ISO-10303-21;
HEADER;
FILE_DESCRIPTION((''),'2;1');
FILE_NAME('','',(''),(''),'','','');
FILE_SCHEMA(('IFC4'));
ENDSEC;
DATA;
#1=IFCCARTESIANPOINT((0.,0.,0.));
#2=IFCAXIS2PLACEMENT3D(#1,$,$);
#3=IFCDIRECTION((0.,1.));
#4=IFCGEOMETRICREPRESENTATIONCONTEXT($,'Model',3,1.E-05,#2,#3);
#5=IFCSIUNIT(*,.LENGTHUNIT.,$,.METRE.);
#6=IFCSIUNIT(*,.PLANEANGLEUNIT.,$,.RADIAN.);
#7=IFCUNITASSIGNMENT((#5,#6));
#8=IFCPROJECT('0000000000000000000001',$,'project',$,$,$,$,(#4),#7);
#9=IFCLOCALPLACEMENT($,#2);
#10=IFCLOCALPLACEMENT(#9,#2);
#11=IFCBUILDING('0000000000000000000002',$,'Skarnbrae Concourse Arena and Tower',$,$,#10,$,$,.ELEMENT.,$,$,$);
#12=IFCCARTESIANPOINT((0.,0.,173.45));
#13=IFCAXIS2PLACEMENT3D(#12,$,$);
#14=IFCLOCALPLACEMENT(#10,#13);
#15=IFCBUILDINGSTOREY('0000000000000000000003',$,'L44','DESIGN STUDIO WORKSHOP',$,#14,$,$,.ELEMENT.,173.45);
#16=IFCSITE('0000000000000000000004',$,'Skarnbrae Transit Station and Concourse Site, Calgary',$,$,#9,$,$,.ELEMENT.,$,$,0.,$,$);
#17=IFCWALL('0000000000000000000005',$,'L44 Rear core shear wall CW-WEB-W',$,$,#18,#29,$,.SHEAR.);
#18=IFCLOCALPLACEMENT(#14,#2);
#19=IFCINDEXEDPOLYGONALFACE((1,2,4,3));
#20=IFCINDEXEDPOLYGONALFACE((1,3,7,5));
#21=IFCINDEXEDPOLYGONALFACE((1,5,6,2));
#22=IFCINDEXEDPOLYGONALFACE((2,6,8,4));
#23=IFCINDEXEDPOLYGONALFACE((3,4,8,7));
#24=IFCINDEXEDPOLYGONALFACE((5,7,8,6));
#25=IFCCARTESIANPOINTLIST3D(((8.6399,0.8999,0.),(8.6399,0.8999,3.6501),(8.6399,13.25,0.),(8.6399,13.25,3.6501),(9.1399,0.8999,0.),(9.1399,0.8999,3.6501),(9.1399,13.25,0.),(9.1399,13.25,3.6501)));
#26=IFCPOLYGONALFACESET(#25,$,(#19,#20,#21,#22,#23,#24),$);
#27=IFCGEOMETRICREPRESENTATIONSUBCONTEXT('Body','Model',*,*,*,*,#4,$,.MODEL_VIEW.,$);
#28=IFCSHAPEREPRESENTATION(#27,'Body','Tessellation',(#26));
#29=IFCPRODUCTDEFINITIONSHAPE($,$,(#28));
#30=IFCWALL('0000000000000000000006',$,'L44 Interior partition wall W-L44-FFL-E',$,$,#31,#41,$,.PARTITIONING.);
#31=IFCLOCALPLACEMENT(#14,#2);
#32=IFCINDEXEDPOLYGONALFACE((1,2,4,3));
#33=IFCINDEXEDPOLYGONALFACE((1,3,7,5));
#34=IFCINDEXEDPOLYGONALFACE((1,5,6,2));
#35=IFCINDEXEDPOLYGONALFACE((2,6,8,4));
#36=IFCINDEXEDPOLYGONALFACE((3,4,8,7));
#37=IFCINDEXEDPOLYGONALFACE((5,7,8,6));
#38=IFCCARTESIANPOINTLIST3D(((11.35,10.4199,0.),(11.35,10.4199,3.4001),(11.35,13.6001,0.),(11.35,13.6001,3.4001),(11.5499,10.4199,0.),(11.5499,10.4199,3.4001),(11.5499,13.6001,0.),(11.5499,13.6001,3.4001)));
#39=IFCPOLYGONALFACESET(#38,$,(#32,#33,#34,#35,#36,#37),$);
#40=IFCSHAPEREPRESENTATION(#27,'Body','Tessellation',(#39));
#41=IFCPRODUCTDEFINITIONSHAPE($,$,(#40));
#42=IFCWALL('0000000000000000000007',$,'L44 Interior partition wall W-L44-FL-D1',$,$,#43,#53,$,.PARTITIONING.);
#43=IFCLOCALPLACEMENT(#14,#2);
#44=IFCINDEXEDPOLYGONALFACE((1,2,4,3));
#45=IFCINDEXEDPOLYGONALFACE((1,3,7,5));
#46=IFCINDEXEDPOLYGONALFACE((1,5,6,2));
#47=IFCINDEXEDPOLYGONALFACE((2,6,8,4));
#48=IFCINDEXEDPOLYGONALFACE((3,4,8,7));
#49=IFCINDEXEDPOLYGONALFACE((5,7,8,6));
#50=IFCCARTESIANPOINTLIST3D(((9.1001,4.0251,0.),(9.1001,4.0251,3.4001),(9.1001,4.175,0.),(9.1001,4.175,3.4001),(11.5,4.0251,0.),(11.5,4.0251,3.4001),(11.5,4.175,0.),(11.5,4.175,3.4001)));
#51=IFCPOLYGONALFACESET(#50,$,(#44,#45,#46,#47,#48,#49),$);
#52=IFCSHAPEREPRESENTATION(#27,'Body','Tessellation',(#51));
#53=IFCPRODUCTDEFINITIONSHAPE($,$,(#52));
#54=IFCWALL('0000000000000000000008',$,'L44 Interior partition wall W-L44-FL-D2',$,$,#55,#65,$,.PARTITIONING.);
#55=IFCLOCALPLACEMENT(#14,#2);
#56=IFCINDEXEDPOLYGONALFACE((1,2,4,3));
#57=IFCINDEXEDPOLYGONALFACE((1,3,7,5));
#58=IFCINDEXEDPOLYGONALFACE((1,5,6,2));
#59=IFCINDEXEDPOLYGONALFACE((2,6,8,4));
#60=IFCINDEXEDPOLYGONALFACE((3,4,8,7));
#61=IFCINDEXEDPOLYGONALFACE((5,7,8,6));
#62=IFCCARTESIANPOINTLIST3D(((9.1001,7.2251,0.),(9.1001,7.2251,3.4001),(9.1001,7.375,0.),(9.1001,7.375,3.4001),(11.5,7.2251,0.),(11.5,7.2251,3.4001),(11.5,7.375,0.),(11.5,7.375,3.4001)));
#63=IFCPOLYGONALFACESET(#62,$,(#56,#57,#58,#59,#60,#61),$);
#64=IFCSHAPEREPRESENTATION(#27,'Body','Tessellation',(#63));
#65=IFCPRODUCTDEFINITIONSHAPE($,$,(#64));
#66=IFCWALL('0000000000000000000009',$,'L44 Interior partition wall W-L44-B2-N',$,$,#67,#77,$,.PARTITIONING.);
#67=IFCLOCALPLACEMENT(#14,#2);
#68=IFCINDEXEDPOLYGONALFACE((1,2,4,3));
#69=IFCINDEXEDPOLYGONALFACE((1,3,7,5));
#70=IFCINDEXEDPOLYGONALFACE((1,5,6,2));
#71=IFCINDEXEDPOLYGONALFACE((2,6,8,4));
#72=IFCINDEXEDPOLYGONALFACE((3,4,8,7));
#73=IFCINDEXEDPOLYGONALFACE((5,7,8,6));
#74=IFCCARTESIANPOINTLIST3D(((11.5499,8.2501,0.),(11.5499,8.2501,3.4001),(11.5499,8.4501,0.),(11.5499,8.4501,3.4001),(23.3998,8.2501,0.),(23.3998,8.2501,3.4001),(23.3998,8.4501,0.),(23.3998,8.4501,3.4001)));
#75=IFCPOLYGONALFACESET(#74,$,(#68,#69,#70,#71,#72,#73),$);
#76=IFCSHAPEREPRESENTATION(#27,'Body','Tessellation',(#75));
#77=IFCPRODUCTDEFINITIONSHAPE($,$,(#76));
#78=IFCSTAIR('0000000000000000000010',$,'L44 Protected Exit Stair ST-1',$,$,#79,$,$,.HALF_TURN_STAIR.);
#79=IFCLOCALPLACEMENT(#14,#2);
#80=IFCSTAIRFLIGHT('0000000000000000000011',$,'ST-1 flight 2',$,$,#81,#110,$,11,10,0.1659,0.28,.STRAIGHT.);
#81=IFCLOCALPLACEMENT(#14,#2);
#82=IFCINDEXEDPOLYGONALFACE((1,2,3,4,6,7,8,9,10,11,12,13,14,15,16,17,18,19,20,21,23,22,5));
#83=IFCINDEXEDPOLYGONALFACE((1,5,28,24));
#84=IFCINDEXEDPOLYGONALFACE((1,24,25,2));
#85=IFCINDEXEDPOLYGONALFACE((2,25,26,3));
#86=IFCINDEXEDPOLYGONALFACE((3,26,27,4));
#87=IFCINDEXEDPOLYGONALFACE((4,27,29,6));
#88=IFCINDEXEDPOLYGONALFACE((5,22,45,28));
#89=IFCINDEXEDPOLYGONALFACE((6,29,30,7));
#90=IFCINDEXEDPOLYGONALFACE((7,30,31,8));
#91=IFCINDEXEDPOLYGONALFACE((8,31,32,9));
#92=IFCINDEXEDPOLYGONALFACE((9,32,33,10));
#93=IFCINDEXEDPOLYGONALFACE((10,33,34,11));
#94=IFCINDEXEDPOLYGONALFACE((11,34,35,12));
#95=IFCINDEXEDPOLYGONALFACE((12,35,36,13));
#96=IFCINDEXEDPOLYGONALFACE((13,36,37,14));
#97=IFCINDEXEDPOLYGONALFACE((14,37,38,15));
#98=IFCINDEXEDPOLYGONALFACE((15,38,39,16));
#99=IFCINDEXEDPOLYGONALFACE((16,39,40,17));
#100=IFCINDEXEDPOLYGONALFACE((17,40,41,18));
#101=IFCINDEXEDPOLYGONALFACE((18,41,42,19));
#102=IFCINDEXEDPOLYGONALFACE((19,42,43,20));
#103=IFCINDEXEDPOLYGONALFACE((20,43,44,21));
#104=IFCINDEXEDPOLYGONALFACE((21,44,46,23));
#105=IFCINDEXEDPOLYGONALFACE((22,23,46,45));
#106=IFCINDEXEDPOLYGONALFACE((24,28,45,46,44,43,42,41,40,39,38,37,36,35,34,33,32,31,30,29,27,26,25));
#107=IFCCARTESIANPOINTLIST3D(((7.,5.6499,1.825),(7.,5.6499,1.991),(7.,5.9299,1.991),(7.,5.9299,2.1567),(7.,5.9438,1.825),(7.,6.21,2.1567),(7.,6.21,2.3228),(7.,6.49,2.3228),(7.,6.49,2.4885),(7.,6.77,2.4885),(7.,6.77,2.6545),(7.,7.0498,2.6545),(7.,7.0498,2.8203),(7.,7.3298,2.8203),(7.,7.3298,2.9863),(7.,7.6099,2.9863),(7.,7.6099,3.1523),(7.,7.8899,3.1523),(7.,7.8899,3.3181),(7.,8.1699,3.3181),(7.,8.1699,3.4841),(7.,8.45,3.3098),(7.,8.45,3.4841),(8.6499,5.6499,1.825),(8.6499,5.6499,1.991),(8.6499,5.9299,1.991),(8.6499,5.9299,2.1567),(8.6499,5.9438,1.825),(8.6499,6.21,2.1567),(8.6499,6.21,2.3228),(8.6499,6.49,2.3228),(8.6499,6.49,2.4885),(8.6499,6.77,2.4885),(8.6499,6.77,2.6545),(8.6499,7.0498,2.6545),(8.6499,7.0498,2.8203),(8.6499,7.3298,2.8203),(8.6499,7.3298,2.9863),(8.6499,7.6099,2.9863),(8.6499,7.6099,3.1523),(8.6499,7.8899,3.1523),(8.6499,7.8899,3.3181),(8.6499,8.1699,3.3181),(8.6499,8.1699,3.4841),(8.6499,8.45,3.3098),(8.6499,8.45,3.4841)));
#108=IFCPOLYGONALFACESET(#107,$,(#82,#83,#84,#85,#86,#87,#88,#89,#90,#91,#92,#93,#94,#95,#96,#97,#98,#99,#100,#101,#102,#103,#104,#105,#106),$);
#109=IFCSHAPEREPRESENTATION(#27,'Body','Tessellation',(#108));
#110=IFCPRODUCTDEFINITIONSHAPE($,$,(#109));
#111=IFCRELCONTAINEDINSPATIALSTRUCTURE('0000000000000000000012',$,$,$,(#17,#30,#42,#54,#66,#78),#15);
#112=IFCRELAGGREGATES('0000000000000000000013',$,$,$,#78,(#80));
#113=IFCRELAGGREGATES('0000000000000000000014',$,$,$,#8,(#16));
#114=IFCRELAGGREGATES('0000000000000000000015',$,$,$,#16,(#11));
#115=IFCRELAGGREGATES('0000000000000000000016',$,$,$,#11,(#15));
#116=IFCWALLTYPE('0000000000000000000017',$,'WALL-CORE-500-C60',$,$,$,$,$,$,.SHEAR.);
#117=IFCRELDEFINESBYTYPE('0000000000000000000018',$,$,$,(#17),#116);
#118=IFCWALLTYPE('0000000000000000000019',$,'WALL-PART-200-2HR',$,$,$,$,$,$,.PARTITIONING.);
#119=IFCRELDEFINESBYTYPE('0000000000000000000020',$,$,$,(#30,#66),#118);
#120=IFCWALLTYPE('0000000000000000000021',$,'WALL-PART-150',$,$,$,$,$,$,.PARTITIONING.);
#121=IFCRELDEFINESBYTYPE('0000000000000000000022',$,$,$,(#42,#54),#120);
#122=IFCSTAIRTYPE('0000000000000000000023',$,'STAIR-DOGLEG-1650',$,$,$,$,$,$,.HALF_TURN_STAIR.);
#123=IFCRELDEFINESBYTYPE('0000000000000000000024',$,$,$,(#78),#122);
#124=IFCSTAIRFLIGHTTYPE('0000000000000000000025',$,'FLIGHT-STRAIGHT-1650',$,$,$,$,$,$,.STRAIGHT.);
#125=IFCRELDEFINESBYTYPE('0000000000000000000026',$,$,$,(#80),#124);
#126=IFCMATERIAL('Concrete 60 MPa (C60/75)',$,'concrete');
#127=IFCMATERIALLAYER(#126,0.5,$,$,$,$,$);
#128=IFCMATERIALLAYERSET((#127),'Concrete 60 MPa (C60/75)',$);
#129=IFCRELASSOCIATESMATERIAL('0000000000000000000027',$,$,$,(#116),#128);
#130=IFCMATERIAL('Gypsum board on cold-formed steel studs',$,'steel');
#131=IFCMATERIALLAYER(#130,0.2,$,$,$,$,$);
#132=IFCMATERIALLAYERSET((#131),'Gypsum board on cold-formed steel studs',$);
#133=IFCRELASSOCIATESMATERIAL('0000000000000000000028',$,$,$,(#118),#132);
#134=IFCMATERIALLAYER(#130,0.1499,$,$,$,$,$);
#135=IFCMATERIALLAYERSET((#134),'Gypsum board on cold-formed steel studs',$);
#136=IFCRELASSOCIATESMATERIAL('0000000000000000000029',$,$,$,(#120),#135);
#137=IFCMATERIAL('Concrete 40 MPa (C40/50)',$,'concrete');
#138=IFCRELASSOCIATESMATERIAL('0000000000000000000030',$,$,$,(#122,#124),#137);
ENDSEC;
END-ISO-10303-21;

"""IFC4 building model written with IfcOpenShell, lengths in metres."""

from ifc_helpers import new_model, si_unit, direction, frame, frame_2d, origin, place, context, subcontext, project, spatial, polyline, rectangle, outline, extrude, source, transform, mapped, material, layer, layer_set, type_object, element, aggregate, save


model = new_model("IFC4")

# Units and contexts
model_context = context("Model", 3, precision=1e-05, world=origin(), true_north=direction((0.0, 1.0)))
body_context = subcontext(model_context, "Body", "Model", "MODEL_VIEW")
ifc_project = project(units=[si_unit("LENGTHUNIT", "METRE"), si_unit("PLANEANGLEUNIT", "RADIAN")], contexts=[model_context])

# Site, building, storey
site_placement = place(None, origin())
site = spatial("IfcSite", under=ifc_project, at=site_placement, Name="Skarnbrae Transit Station and Concourse Site, Calgary", CompositionType="ELEMENT", RefElevation=0.0)
building_placement = place(site_placement, origin())
building = spatial("IfcBuilding", under=site, at=building_placement, Name="Skarnbrae Concourse Arena and Tower", CompositionType="ELEMENT")
storey_placement = place(building_placement, frame((0.0, 0.0, 173.45)))
storey = spatial("IfcBuildingStorey", under=building, at=storey_placement, Name="L44", Description="DESIGN STUDIO WORKSHOP", CompositionType="ELEMENT", Elevation=173.45)

# Walls
ifc_material_1 = material(Name="Concrete 60 MPa (C60/75)", Category="concrete")
ifc_layer_1 = layer(ifc_material_1, 0.5)
ifc_layer_set_1 = layer_set([ifc_layer_1], Name="Concrete 60 MPa (C60/75)")
wall_type_1 = type_object("IfcWallType", Name="WALL-CORE-500-C60", PredefinedType="SHEAR", material=ifc_layer_set_1)
shared_shape_1 = source(origin(), body_context, "Body", "SweptSolid", [
    extrude(rectangle(XDim=12.3501, YDim=0.5, at=frame_2d((6.175, 0.0))), origin(), (0.0, 0.0, 1.0), 3.6501),
])
wall_1_placement = place(storey_placement, frame((8.8899, 0.8999, 0.0), z_axis=(0.0, 0.0, 1.0), x_axis=(0.0, 1.0, 0.0)))
element("IfcWall", 1, at=wall_1_placement, inside=storey, type_object=wall_type_1, Name="L44 Rear core shear wall CW-WEB-W", PredefinedType="SHEAR", context=body_context, shape_type="MappedRepresentation", body=[
    mapped(shared_shape_1, transform((0.0, 0.0, 0.0))),
])
ifc_material_2 = material(Name="Gypsum board on cold-formed steel studs", Category="steel")
ifc_layer_2 = layer(ifc_material_2, 0.2)
ifc_layer_set_2 = layer_set([ifc_layer_2], Name="Gypsum board on cold-formed steel studs")
wall_type_2 = type_object("IfcWallType", Name="WALL-PART-200-2HR", PredefinedType="PARTITIONING", material=ifc_layer_set_2)
shared_shape_2 = source(origin(), body_context, "Body", "SweptSolid", [
    extrude(rectangle(XDim=3.1802, YDim=0.2, at=frame_2d((1.5901, 0.0))), origin(), (0.0, 0.0, 1.0), 3.4001),
])
wall_2_placement = place(storey_placement, frame((11.45, 10.4199, 0.0), z_axis=(0.0, 0.0, 1.0), x_axis=(0.0, 1.0, 0.0)))
element("IfcWall", 2, at=wall_2_placement, inside=storey, type_object=wall_type_2, Name="L44 Interior partition wall W-L44-FFL-E", PredefinedType="PARTITIONING", context=body_context, shape_type="MappedRepresentation", body=[
    mapped(shared_shape_2, transform((0.0, 0.0, 0.0))),
])

# Walls
ifc_layer_3 = layer(ifc_material_2, 0.1499)
ifc_layer_set_3 = layer_set([ifc_layer_3], Name="Gypsum board on cold-formed steel studs")
wall_type_3 = type_object("IfcWallType", Name="WALL-PART-150", PredefinedType="PARTITIONING", material=ifc_layer_set_3)
shared_shape_3 = source(origin(), body_context, "Body", "SweptSolid", [
    extrude(rectangle(XDim=2.3999, YDim=0.1499, at=frame_2d((1.2, 0.0))), origin(), (0.0, 0.0, 1.0), 3.4001),
])
for number, where, z_axis, x_axis, name in (
    (3, (9.1001, 4.1001, 0.0), (0.0, 0.0, 1.0), (1.0, 0.0, 0.0), "L44 Interior partition wall W-L44-FL-D1"),
    (4, (9.1001, 7.3, 0.0), (0.0, 0.0, 1.0), (1.0, 0.0, 0.0), "L44 Interior partition wall W-L44-FL-D2"),
):
    element("IfcWall", number, at=place(storey_placement, frame(where, z_axis=z_axis, x_axis=x_axis)), inside=storey, type_object=wall_type_3, Name=name, PredefinedType="PARTITIONING", context=body_context, shape_type="MappedRepresentation", body=[
        mapped(shared_shape_3, transform((0.0, 0.0, 0.0))),
    ])

# Shared definitions
shared_shape_4 = source(origin(), body_context, "Body", "SweptSolid", [
    extrude(rectangle(XDim=11.8499, YDim=0.2, at=frame_2d((5.9248, 0.0))), origin(), (0.0, 0.0, 1.0), 3.4001),
])

# Wall
wall_3_placement = place(storey_placement, frame((11.55, 8.3501, 0.0), z_axis=(0.0, 0.0, 1.0), x_axis=(1.0, 0.0, 0.0)))
element("IfcWall", 5, at=wall_3_placement, inside=storey, type_object=wall_type_2, Name="L44 Interior partition wall W-L44-B2-N", PredefinedType="PARTITIONING", context=body_context, shape_type="MappedRepresentation", body=[
    mapped(shared_shape_4, transform((0.0, 0.0, 0.0))),
])

# Stair, stair flight
ifc_material_3 = material(Name="Concrete 40 MPa (C40/50)", Category="concrete")
stair_type = type_object("IfcStairType", Name="STAIR-DOGLEG-1650", PredefinedType="HALF_TURN_STAIR", material=ifc_material_3)
stair_placement = place(storey_placement, origin())
stair = element("IfcStair", 6, at=stair_placement, inside=storey, type_object=stair_type, Name="L44 Protected Exit Stair ST-1", PredefinedType="HALF_TURN_STAIR")
stair_flight_type = type_object("IfcStairFlightType", Name="FLIGHT-STRAIGHT-1650", PredefinedType="STRAIGHT", material=ifc_material_3)
shared_shape_5 = source(origin(), body_context, "Body", "SweptSolid", [
    extrude(outline(polyline([(0.0, 0.0), (0.0, 0.166), (0.28, 0.166), (0.28, 0.3318), (0.5601, 0.3318), (0.5601, 0.4978), (0.8401, 0.4978), (0.8401, 0.6636), (1.1201, 0.6636), (1.1201, 0.8296), (1.3999, 0.8296), (1.3999, 0.9954), (1.6799, 0.9954), (1.6799, 1.1614), (1.96, 1.1614), (1.96, 1.3274), (2.24, 1.3274), (2.24, 1.4932), (2.52, 1.4932), (2.52, 1.6592), (2.8, 1.6592), (2.8, 1.825), (2.8, 1.4849), (0.2939, 0.0), (0.0, 0.0)])), frame((0.0, 0.825, 0.0), z_axis=(0.0, -1.0, 0.0), x_axis=(1.0, 0.0, 0.0)), (0.0, 0.0, 1.0), 1.6499),
])
stair_flight_placement = place(storey_placement, frame((7.825, 5.6499, 1.825), z_axis=(0.0, 0.0, 1.0), x_axis=(0.0, 1.0, 0.0)))
stair_flight = element("IfcStairFlight", 7, at=stair_flight_placement, type_object=stair_flight_type, Name="ST-1 flight 2", NumberOfRisers=11, NumberOfTreads=10, PredefinedType="STRAIGHT", RiserHeight=0.1659, TreadLength=0.28, context=body_context, shape_type="MappedRepresentation", body=[
    mapped(shared_shape_5, transform((0.0, 0.0, 0.0))),
])
aggregate(stair, [stair_flight])

save(model, "model.ifc")
